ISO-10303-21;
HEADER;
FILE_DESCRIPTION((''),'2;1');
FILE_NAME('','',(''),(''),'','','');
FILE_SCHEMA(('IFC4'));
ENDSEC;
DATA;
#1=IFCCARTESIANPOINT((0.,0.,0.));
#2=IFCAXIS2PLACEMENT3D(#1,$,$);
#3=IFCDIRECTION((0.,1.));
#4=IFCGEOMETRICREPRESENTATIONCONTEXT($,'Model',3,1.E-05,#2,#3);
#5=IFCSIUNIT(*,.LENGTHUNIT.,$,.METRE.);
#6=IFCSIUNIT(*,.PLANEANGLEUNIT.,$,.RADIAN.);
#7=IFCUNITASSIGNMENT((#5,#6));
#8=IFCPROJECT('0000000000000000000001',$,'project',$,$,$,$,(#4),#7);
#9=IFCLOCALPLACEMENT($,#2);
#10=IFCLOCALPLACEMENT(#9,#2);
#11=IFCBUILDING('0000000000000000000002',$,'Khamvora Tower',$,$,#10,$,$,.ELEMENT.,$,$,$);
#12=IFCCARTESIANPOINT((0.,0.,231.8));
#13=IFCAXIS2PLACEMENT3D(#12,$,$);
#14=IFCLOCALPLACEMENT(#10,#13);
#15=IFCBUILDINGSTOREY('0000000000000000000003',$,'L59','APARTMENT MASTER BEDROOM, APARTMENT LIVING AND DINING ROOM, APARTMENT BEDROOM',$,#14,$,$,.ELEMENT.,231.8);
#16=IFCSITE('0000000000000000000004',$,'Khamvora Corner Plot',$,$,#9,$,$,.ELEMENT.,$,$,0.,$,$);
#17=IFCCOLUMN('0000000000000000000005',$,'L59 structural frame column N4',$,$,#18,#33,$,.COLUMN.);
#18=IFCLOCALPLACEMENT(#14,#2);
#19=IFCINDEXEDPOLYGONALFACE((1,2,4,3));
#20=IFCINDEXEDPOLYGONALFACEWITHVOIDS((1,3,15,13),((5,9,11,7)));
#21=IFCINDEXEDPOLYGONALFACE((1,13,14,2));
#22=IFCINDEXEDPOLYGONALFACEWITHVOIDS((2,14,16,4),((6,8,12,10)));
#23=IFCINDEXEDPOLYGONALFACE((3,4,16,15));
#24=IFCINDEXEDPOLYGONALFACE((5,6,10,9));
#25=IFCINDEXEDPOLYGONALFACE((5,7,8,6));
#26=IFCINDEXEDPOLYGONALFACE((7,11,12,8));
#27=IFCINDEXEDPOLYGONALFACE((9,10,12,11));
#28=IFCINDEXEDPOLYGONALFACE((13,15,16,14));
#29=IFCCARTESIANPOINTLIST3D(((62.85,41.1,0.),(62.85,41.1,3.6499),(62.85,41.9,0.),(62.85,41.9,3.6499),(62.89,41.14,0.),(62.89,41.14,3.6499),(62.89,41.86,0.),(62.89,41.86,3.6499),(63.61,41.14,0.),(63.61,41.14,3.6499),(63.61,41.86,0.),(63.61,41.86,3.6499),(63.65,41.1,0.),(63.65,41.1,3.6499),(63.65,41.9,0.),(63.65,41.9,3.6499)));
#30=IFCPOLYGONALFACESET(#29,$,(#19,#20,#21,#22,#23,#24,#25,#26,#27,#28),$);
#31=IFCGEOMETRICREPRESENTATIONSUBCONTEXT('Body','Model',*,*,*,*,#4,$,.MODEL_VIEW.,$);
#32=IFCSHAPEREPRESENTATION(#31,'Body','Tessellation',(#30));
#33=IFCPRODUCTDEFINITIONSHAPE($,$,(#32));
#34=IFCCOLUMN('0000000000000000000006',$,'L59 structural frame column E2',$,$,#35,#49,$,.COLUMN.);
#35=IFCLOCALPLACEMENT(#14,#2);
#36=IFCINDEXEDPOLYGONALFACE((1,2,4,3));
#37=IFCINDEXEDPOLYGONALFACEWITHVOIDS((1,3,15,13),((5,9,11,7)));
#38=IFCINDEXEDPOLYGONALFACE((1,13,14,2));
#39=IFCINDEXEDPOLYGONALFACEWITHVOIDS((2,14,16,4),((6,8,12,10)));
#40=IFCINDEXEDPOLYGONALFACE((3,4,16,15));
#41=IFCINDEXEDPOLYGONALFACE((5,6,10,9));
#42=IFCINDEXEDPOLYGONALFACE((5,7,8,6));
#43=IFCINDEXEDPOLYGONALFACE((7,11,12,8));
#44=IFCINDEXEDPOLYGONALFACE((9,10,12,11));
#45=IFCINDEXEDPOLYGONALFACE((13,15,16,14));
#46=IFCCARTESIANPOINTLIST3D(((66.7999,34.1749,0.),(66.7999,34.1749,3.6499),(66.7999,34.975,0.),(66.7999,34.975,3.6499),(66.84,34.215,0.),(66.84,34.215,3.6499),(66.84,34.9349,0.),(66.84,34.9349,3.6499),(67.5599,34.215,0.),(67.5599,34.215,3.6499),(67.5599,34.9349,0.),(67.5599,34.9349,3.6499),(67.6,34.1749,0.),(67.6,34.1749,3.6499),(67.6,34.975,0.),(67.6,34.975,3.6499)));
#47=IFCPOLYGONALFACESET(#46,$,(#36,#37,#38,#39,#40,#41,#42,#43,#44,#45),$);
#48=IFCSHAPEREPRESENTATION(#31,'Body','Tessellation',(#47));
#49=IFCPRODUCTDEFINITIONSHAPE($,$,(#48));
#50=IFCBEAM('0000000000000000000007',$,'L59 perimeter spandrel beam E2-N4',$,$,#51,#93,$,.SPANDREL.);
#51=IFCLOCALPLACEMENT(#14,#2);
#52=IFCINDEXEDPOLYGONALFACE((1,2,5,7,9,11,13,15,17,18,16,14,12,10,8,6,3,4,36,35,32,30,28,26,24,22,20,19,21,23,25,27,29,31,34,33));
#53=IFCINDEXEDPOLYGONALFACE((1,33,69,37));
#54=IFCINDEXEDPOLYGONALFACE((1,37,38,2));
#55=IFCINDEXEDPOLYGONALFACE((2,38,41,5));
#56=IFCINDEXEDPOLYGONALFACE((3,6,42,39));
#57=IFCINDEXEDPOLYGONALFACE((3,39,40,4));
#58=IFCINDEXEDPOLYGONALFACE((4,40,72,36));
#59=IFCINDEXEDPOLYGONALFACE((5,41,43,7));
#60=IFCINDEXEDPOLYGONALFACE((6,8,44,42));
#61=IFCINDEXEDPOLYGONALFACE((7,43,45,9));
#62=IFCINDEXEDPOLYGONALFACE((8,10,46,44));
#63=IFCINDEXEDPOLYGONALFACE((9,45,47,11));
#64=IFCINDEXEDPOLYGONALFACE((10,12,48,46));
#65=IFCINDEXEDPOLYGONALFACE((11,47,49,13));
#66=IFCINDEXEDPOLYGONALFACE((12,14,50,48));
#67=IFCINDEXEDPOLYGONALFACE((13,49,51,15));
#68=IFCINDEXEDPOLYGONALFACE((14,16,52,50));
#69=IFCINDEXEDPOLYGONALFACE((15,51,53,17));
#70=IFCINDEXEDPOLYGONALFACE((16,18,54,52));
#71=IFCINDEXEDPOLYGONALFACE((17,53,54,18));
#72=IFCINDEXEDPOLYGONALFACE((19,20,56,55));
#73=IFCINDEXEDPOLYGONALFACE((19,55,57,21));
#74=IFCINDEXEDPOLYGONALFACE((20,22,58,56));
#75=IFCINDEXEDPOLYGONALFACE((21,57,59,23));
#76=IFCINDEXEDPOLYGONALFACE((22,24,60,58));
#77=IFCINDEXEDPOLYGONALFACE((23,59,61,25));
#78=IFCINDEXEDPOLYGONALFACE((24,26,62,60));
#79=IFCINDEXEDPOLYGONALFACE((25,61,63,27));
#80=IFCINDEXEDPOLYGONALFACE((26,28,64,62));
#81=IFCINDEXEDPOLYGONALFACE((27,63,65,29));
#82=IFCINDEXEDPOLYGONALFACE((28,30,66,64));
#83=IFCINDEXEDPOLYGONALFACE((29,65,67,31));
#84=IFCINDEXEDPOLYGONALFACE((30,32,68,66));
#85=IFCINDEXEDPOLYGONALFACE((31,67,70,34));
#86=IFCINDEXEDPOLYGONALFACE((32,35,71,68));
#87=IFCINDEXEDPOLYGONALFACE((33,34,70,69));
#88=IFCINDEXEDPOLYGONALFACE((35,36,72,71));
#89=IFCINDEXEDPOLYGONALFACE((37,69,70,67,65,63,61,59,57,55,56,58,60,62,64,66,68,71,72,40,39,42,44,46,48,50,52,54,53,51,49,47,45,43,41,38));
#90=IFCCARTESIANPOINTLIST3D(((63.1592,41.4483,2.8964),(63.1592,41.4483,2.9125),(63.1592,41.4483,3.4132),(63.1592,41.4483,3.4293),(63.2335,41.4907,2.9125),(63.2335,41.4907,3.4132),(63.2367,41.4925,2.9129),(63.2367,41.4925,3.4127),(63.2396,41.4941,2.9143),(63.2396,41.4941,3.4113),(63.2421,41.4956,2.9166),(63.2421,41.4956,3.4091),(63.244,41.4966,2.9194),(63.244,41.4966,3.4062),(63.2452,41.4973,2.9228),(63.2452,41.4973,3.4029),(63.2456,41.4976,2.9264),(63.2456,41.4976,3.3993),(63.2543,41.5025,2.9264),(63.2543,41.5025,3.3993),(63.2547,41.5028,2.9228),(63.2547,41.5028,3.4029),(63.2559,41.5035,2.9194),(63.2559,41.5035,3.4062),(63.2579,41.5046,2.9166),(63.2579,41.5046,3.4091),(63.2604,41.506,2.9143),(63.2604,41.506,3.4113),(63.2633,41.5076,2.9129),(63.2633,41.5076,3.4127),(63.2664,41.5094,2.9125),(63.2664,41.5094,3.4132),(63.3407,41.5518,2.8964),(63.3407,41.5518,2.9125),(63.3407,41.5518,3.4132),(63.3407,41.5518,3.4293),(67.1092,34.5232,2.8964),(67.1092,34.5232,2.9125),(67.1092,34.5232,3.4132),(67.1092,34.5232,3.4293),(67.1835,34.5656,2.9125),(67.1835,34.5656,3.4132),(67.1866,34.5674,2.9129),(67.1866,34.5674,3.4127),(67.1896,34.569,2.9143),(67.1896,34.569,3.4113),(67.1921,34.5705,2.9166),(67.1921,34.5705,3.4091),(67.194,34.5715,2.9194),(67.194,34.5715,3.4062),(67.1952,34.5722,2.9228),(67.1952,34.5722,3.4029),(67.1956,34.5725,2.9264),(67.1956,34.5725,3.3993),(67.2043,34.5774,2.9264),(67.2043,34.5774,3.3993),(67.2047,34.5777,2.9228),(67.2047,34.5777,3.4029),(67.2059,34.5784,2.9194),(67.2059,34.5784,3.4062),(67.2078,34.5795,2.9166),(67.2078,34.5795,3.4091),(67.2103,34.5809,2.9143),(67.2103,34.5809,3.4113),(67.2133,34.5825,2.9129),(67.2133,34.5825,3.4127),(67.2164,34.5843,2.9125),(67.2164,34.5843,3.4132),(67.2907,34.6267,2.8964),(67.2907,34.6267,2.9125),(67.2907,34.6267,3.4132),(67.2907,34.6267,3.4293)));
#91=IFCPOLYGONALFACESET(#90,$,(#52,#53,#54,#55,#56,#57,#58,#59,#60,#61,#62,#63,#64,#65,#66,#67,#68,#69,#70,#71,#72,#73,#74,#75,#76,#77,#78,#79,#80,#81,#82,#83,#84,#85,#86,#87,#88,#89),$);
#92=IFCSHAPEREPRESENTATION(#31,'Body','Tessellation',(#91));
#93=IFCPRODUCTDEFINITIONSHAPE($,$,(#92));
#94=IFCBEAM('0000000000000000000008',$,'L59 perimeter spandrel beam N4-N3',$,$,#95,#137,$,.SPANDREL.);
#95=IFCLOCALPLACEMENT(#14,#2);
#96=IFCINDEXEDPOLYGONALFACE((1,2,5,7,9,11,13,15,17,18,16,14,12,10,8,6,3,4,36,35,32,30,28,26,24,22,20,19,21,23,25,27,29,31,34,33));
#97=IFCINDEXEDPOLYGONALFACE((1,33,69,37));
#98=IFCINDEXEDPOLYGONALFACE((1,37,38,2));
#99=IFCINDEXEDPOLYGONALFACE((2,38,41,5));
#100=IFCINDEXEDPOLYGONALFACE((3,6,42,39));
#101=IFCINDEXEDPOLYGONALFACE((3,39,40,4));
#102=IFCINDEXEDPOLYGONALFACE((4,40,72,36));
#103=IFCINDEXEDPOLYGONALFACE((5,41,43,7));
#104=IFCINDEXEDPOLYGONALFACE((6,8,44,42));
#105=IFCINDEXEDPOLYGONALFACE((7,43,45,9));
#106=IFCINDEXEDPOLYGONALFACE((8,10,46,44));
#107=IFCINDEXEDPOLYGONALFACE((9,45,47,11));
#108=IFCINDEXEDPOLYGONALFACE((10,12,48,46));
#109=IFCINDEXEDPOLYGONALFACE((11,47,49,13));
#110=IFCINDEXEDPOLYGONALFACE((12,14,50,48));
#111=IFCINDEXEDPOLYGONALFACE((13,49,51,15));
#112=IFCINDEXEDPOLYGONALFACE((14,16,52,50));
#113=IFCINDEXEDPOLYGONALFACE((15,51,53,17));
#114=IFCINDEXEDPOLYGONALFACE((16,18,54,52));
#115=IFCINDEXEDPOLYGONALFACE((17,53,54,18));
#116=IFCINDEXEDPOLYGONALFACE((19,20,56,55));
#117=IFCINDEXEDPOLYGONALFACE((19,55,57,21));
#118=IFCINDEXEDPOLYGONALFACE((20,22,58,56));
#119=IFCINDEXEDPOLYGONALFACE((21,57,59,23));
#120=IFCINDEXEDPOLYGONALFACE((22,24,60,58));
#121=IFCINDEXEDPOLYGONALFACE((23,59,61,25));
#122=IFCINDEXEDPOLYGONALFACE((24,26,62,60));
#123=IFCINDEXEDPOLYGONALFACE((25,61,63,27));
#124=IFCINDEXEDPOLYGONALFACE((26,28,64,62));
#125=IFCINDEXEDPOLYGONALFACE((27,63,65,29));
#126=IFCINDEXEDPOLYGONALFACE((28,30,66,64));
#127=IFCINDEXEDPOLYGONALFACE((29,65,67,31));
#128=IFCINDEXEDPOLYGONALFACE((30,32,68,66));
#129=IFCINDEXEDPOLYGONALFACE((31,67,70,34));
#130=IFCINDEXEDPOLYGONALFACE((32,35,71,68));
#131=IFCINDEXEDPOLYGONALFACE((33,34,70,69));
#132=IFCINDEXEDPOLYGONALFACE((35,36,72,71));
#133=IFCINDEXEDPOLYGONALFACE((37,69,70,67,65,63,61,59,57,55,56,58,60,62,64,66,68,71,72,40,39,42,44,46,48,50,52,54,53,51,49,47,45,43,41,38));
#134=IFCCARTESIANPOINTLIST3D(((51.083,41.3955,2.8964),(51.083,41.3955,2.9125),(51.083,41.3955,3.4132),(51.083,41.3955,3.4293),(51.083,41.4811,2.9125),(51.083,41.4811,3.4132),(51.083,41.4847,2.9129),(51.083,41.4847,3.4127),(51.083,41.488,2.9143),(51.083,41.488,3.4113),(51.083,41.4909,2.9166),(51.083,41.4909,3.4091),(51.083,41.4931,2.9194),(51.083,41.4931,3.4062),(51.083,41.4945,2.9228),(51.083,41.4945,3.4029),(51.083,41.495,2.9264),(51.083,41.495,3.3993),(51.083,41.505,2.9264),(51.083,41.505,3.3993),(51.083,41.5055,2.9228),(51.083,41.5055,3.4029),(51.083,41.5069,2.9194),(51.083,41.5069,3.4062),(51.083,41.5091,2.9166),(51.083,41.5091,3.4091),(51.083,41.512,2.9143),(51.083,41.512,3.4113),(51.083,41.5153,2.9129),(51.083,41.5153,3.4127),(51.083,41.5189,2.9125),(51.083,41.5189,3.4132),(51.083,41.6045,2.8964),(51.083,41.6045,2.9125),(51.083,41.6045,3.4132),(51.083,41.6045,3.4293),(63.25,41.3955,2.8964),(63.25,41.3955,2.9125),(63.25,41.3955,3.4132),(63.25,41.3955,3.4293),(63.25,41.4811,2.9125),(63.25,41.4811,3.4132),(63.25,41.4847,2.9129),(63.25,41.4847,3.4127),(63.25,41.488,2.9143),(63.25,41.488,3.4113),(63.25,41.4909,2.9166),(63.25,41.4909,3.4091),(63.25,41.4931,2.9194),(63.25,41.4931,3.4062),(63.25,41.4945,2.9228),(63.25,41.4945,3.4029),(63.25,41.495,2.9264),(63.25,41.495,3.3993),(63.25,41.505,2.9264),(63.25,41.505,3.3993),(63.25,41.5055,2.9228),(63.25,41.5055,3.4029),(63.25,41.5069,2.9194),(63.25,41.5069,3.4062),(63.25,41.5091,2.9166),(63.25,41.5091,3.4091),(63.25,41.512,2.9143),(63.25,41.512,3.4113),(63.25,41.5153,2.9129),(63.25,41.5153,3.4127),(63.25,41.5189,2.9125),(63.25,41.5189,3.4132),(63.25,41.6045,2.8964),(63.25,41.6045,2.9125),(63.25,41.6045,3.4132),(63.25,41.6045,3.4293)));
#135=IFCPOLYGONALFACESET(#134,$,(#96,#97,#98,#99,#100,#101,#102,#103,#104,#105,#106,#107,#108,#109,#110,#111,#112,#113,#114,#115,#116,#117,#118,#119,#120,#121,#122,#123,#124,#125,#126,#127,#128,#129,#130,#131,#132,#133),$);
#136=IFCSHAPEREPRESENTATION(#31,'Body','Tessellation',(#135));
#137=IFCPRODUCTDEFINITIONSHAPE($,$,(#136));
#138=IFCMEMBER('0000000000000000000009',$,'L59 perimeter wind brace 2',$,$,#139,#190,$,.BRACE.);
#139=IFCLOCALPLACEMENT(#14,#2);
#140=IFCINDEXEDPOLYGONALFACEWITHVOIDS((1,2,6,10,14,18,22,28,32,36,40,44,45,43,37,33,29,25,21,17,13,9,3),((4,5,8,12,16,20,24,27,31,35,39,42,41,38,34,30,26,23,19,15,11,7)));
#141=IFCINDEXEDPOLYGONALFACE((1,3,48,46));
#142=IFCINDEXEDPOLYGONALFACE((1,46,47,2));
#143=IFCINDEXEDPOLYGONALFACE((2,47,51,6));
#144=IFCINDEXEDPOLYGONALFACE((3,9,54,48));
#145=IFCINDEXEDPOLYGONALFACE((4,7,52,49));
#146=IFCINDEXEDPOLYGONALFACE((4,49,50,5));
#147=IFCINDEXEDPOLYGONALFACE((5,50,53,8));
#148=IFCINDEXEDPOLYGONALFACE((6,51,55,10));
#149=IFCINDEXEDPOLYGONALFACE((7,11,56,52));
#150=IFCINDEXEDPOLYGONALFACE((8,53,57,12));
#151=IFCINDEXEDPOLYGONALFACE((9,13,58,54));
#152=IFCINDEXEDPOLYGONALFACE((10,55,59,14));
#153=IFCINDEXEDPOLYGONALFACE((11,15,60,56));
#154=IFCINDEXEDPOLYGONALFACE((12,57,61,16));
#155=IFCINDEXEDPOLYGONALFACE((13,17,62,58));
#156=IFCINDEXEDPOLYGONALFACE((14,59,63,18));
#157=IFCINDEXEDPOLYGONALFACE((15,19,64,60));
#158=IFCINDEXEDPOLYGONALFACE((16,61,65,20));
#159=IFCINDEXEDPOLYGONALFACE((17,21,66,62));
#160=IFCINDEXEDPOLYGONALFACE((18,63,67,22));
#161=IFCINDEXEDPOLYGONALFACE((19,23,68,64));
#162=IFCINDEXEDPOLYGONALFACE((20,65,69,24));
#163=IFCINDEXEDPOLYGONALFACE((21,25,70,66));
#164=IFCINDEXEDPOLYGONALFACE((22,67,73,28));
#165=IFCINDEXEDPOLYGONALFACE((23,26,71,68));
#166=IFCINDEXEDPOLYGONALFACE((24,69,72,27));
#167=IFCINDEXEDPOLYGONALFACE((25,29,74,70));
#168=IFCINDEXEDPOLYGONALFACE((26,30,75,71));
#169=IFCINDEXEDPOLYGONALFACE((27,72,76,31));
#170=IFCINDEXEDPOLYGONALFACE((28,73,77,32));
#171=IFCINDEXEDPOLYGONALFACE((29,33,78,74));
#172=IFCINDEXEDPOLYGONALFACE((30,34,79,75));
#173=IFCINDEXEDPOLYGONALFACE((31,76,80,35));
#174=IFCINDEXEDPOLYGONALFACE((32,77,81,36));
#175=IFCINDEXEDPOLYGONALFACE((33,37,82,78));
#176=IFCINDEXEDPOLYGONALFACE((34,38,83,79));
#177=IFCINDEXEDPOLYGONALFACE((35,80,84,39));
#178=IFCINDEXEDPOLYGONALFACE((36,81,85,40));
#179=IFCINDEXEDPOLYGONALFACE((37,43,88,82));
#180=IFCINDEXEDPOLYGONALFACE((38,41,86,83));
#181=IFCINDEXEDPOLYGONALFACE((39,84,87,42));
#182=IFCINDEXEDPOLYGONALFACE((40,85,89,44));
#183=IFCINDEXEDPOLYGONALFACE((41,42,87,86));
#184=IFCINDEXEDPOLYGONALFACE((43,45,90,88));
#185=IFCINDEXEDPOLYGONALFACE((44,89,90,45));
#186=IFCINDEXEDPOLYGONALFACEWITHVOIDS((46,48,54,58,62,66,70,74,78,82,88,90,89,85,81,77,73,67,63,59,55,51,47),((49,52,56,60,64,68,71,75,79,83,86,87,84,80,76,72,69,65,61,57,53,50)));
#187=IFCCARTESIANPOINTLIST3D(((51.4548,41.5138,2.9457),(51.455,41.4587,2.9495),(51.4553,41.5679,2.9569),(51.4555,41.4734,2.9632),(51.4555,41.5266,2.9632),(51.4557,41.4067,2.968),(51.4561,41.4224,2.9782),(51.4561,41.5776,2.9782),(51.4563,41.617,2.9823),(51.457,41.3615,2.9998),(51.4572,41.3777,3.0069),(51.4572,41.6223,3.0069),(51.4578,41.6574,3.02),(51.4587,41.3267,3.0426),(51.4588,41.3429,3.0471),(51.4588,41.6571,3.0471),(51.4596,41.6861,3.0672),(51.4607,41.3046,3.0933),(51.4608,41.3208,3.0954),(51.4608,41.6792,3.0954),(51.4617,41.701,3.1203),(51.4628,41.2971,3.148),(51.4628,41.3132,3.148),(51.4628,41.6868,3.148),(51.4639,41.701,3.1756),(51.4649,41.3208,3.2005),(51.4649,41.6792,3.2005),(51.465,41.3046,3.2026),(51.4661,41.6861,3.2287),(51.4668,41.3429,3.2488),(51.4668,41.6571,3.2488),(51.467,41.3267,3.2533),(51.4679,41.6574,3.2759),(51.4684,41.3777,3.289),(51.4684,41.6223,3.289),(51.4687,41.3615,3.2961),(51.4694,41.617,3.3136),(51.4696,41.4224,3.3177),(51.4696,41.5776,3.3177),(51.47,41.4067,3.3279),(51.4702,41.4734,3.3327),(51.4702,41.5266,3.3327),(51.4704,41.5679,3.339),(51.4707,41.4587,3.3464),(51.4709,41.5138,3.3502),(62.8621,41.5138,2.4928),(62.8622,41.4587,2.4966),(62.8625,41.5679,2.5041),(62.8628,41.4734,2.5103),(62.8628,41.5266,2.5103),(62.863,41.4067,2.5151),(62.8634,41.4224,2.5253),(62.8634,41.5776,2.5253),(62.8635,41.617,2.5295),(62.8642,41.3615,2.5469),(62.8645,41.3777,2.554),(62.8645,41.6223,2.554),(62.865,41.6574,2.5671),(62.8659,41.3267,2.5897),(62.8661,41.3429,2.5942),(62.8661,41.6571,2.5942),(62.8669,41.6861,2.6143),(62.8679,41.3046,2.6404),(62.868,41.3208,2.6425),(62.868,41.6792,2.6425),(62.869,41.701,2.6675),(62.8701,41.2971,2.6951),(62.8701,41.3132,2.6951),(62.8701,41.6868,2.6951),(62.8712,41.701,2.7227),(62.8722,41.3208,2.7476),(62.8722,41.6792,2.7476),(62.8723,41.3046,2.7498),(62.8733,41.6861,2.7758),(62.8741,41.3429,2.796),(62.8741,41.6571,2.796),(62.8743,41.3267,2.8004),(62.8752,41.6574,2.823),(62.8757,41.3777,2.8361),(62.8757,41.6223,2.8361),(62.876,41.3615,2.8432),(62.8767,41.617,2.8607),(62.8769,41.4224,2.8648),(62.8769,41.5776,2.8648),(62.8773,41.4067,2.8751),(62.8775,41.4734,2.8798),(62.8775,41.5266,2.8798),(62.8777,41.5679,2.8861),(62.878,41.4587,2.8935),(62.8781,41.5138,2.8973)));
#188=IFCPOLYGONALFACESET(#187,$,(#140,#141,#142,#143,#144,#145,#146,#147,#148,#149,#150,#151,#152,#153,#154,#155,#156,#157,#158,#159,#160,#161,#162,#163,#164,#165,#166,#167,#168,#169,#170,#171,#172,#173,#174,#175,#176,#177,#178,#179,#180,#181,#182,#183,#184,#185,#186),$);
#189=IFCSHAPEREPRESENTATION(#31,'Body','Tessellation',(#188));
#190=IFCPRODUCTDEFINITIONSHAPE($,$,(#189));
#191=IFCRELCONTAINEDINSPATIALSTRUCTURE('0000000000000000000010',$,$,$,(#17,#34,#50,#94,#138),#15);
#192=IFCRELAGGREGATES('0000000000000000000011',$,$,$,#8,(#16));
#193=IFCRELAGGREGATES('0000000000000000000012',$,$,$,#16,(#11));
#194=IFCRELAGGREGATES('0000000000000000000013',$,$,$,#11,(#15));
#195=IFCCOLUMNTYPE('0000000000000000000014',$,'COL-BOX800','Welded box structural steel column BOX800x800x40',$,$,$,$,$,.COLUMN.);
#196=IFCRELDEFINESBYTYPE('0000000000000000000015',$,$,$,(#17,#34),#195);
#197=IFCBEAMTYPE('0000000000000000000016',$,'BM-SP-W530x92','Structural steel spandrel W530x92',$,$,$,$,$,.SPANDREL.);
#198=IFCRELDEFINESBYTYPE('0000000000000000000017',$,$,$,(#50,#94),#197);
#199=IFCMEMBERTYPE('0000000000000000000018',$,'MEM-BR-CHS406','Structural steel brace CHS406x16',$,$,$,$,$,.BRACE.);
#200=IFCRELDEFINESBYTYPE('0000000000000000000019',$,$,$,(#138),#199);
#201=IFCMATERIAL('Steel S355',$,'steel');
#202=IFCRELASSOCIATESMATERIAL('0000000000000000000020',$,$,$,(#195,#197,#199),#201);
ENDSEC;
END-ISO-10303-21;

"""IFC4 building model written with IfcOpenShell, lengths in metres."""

from ifc_helpers import new_model, si_unit, direction, frame, origin, origin_2d, place, context, subcontext, project, spatial, hollow_rectangle, hollow_circle, i_section, extrude, material, material_profile, profile_set, type_object, element, save


model = new_model("IFC4")

# Units and contexts
model_context = context("Model", 3, precision=1e-05, world=origin(), true_north=direction((0.0, 1.0)))
body_context = subcontext(model_context, "Body", "Model", "MODEL_VIEW")
ifc_project = project(units=[si_unit("LENGTHUNIT", "METRE"), si_unit("PLANEANGLEUNIT", "RADIAN")], contexts=[model_context])

# Site, building, storey
site_placement = place(None, origin())
site = spatial("IfcSite", under=ifc_project, at=site_placement, Name="Khamvora Corner Plot", CompositionType="ELEMENT", RefElevation=0.0)
building_placement = place(site_placement, origin())
building = spatial("IfcBuilding", under=site, at=building_placement, Name="Khamvora Tower", CompositionType="ELEMENT")
storey_placement = place(building_placement, frame((0.0, 0.0, 231.8)))
storey = spatial("IfcBuildingStorey", under=building, at=storey_placement, Name="L59", Description="APARTMENT MASTER BEDROOM, APARTMENT LIVING AND DINING ROOM, APARTMENT BEDROOM", CompositionType="ELEMENT", Elevation=231.8)

# Columns
ifc_material_1 = material(Name="Steel S355", Category="steel")
ifc_material_profile_1 = material_profile(ifc_material_1, hollow_rectangle(XDim=0.8, YDim=0.8, WallThickness=0.04, at=origin_2d()), Name="BOX800x800x40")
ifc_profile_set_1 = profile_set([ifc_material_profile_1], Name="Steel S355")
column_type = type_object("IfcColumnType", Name="COL-BOX800", Description="Welded box structural steel column BOX800x800x40", PredefinedType="COLUMN", material=ifc_profile_set_1)
for number, where, z_axis, x_axis, name in (
    (1, (63.25, 41.5, 0.0), (0.0, 0.0, 1.0), (1.0, 0.0, 0.0), "L59 structural frame column N4"),
    (2, (67.2, 34.575, 0.0), (0.0, 0.0, 1.0), (1.0, 0.0, 0.0), "L59 structural frame column E2"),
):
    element("IfcColumn", number, at=place(storey_placement, frame(where, z_axis=z_axis, x_axis=x_axis)), inside=storey, type_object=column_type, Name=name, PredefinedType="COLUMN", context=body_context, shape_type="SweptSolid", body=[
        extrude(hollow_rectangle(XDim=0.8, YDim=0.8, WallThickness=0.04, at=origin_2d()), origin(), (0.0, 0.0, 1.0), 3.6499),
    ])

# Beams
ifc_material_profile_2 = material_profile(ifc_material_1, i_section(OverallWidth=0.209, OverallDepth=0.533, WebThickness=0.01, FlangeThickness=0.0161, FilletRadius=0.0139, at=origin_2d()), Name="W530x92")
ifc_profile_set_2 = profile_set([ifc_material_profile_2], Name="Steel S355")
beam_type = type_object("IfcBeamType", Name="BM-SP-W530x92", Description="Structural steel spandrel W530x92", PredefinedType="SPANDREL", material=ifc_profile_set_2)
beam_1_placement = place(storey_placement, frame((67.2, 34.575, 3.1628), z_axis=(-0.495456, 0.868633, 0.0), x_axis=(-0.868633, -0.495456, 0.0)))
element("IfcBeam", 3, at=beam_1_placement, inside=storey, type_object=beam_type, Name="L59 perimeter spandrel beam E2-N4", PredefinedType="SPANDREL", context=body_context, shape_type="SweptSolid", body=[
    extrude(i_section(OverallWidth=0.209, OverallDepth=0.533, WebThickness=0.01, FlangeThickness=0.0161, FilletRadius=0.0139, at=origin_2d()), origin(), (0.0, 0.0, 1.0), 7.9724),
])
beam_2_placement = place(storey_placement, frame((63.25, 41.5, 3.1628), z_axis=(-1.0, 0.0, 0.0), x_axis=(0.0, -1.0, 0.0)))
element("IfcBeam", 4, at=beam_2_placement, inside=storey, type_object=beam_type, Name="L59 perimeter spandrel beam N4-N3", PredefinedType="SPANDREL", context=body_context, shape_type="SweptSolid", body=[
    extrude(i_section(OverallWidth=0.209, OverallDepth=0.533, WebThickness=0.01, FlangeThickness=0.0161, FilletRadius=0.0139, at=origin_2d()), origin(), (0.0, 0.0, 1.0), 12.167),
])

# Member
ifc_material_profile_3 = material_profile(ifc_material_1, hollow_circle(Radius=0.2029, WallThickness=0.0161, at=origin_2d()), Name="CHS406x16")
ifc_profile_set_3 = profile_set([ifc_material_profile_3], Name="Steel S355")
member_type = type_object("IfcMemberType", Name="MEM-BR-CHS406", Description="Structural steel brace CHS406x16", PredefinedType="BRACE", material=ifc_profile_set_3)
member_placement = place(storey_placement, frame((62.8701, 41.5, 2.6951), z_axis=(-0.999213, 0.0, 0.03967), x_axis=(0.0, -1.0, 0.0)))
element("IfcMember", 5, at=member_placement, inside=storey, type_object=member_type, Name="L59 perimeter wind brace 2", PredefinedType="BRACE", context=body_context, shape_type="SweptSolid", body=[
    extrude(hollow_circle(Radius=0.2029, WallThickness=0.0161, at=origin_2d()), origin(), (0.0, 0.0, 1.0), 11.4163),
])

save(model, "model.ifc")
